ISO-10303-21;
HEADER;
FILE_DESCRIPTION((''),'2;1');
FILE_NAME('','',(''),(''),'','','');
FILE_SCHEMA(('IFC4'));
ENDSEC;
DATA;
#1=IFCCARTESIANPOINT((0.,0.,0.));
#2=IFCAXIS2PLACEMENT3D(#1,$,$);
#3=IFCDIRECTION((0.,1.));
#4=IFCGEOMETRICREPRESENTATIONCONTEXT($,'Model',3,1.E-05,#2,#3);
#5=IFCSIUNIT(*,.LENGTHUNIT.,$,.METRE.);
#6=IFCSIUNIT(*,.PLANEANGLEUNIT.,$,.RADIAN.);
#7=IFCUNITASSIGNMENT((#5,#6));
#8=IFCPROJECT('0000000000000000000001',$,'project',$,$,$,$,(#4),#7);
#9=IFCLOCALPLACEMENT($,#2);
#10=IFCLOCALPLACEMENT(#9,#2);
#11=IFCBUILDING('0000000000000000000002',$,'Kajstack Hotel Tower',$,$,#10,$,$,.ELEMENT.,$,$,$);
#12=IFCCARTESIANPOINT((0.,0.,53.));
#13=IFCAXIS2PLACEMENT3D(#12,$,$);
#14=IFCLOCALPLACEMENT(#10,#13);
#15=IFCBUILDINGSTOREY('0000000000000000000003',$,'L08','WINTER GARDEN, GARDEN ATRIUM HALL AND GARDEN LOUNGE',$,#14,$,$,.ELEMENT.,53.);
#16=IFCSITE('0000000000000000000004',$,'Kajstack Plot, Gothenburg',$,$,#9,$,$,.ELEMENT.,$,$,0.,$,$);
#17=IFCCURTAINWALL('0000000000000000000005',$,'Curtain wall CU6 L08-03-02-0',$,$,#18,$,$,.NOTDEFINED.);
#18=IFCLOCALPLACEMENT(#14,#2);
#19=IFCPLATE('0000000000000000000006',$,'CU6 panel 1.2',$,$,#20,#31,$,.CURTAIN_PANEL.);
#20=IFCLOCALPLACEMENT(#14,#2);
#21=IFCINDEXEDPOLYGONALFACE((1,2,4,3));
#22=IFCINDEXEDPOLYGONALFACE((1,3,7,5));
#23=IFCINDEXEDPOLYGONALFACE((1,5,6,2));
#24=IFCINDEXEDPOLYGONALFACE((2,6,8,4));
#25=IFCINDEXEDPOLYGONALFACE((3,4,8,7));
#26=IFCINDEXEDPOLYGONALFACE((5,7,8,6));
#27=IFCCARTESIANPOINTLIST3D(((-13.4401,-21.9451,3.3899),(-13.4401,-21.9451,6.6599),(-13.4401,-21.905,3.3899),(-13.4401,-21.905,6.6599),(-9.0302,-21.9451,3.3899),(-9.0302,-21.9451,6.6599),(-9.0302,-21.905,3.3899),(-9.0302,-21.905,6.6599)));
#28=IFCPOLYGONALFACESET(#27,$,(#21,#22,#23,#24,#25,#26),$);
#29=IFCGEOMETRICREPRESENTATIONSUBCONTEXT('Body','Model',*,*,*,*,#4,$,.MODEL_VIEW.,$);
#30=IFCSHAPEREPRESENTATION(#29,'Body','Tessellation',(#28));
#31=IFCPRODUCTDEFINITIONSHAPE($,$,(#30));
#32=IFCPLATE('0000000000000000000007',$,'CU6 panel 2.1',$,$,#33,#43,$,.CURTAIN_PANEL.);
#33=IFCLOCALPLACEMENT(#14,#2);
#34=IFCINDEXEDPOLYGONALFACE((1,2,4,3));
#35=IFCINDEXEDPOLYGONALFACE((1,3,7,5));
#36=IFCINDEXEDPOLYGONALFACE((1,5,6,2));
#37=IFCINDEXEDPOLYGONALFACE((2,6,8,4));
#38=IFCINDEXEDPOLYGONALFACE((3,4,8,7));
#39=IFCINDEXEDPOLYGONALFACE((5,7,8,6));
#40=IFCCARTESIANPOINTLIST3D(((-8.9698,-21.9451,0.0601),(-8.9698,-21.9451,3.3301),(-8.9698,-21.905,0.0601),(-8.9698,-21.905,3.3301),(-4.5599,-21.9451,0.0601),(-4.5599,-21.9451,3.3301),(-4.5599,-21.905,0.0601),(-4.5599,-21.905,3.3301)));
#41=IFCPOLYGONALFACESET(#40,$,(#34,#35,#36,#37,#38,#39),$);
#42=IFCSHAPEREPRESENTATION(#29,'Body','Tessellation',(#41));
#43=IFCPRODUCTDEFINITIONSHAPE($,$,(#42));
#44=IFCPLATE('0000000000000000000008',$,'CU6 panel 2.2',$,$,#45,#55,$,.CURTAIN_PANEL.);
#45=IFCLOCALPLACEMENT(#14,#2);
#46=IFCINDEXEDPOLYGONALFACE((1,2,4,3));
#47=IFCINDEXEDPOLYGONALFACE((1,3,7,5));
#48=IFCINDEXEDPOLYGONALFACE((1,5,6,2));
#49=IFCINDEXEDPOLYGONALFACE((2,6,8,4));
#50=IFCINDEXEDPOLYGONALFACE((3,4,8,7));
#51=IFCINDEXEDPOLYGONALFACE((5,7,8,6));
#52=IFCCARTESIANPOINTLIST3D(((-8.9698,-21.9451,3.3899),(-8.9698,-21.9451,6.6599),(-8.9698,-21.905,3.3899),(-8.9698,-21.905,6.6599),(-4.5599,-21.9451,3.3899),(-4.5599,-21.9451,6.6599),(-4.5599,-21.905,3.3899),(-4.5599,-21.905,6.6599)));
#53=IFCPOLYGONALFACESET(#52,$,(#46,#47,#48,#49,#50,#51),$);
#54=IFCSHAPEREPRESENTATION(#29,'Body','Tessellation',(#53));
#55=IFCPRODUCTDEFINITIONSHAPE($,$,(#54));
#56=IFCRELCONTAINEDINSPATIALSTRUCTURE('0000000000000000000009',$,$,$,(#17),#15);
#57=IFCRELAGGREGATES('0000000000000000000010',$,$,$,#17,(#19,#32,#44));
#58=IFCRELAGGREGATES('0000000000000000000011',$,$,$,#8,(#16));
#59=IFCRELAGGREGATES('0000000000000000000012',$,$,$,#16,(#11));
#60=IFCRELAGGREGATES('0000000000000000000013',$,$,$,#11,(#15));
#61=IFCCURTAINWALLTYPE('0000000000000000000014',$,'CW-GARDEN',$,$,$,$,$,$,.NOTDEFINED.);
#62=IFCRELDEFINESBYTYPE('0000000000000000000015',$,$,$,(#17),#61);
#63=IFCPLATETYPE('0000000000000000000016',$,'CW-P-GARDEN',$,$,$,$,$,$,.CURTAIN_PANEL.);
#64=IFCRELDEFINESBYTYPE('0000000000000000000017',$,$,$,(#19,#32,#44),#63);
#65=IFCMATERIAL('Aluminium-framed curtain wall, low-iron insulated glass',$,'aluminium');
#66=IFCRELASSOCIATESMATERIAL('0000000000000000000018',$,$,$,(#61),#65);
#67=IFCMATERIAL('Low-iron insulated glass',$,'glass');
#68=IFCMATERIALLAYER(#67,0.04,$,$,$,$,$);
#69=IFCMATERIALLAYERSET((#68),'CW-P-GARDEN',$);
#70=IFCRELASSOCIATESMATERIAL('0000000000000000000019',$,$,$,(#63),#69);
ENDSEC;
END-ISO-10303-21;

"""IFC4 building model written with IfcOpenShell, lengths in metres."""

from ifc_helpers import new_model, si_unit, direction, frame, origin, origin_2d, place, context, subcontext, project, spatial, rectangle, extrude, material, layer, layer_set, type_object, element, aggregate, save


model = new_model("IFC4")

# Units and contexts
model_context = context("Model", 3, precision=1e-05, world=origin(), true_north=direction((0.0, 1.0)))
body_context = subcontext(model_context, "Body", "Model", "MODEL_VIEW")
ifc_project = project(units=[si_unit("LENGTHUNIT", "METRE"), si_unit("PLANEANGLEUNIT", "RADIAN")], contexts=[model_context])

# Site, building, storey
site_placement = place(None, origin())
site = spatial("IfcSite", under=ifc_project, at=site_placement, Name="Kajstack Plot, Gothenburg", CompositionType="ELEMENT", RefElevation=0.0)
building_placement = place(site_placement, origin())
building = spatial("IfcBuilding", under=site, at=building_placement, Name="Kajstack Hotel Tower", CompositionType="ELEMENT")
storey_placement = place(building_placement, frame((0.0, 0.0, 53.0)))
storey = spatial("IfcBuildingStorey", under=building, at=storey_placement, Name="L08", Description="WINTER GARDEN, GARDEN ATRIUM HALL AND GARDEN LOUNGE", CompositionType="ELEMENT", Elevation=53.0)

# Curtain wall
ifc_material_1 = material(Name="Aluminium-framed curtain wall, low-iron insulated glass", Category="aluminium")
curtain_wall_type = type_object("IfcCurtainWallType", Name="CW-GARDEN", PredefinedType="NOTDEFINED", material=ifc_material_1)
curtain_wall_1_placement = place(storey_placement, origin())
curtain_wall_1 = element("IfcCurtainWall", 1, at=curtain_wall_1_placement, inside=storey, type_object=curtain_wall_type, Name="Curtain wall CU6 L08-03-02-0", PredefinedType="NOTDEFINED")

# Plates
ifc_material_2 = material(Name="Low-iron insulated glass", Category="glass")
ifc_layer = layer(ifc_material_2, 0.04)
ifc_layer_set = layer_set([ifc_layer], Name="CW-P-GARDEN")
plate_type = type_object("IfcPlateType", Name="CW-P-GARDEN", PredefinedType="CURTAIN_PANEL", material=ifc_layer_set)
plate_1_placement = place(storey_placement, frame((-11.2351, -21.925, 3.3899), z_axis=(0.0, 0.0, 1.0), x_axis=(1.0, 0.0, 0.0)))
plate_1 = element("IfcPlate", 2, at=plate_1_placement, type_object=plate_type, Name="CU6 panel 1.2", PredefinedType="CURTAIN_PANEL", context=body_context, shape_type="SweptSolid", body=[
    extrude(rectangle(XDim=4.4099, YDim=0.04, at=origin_2d()), origin(), (0.0, 0.0, 1.0), 3.27),
])
plate_2_placement = place(storey_placement, frame((-6.7649, -21.925, 0.0601), z_axis=(0.0, 0.0, 1.0), x_axis=(1.0, 0.0, 0.0)))
plate_2 = element("IfcPlate", 3, at=plate_2_placement, type_object=plate_type, Name="CU6 panel 2.1", PredefinedType="CURTAIN_PANEL", context=body_context, shape_type="SweptSolid", body=[
    extrude(rectangle(XDim=4.4099, YDim=0.04, at=origin_2d()), origin(), (0.0, 0.0, 1.0), 3.27),
])
plate_3_placement = place(storey_placement, frame((-6.7649, -21.925, 3.3899), z_axis=(0.0, 0.0, 1.0), x_axis=(1.0, 0.0, 0.0)))
plate_3 = element("IfcPlate", 4, at=plate_3_placement, type_object=plate_type, Name="CU6 panel 2.2", PredefinedType="CURTAIN_PANEL", context=body_context, shape_type="SweptSolid", body=[
    extrude(rectangle(XDim=4.4099, YDim=0.04, at=origin_2d()), origin(), (0.0, 0.0, 1.0), 3.27),
])
aggregate(curtain_wall_1, [plate_1, plate_2, plate_3])

save(model, "model.ifc")
